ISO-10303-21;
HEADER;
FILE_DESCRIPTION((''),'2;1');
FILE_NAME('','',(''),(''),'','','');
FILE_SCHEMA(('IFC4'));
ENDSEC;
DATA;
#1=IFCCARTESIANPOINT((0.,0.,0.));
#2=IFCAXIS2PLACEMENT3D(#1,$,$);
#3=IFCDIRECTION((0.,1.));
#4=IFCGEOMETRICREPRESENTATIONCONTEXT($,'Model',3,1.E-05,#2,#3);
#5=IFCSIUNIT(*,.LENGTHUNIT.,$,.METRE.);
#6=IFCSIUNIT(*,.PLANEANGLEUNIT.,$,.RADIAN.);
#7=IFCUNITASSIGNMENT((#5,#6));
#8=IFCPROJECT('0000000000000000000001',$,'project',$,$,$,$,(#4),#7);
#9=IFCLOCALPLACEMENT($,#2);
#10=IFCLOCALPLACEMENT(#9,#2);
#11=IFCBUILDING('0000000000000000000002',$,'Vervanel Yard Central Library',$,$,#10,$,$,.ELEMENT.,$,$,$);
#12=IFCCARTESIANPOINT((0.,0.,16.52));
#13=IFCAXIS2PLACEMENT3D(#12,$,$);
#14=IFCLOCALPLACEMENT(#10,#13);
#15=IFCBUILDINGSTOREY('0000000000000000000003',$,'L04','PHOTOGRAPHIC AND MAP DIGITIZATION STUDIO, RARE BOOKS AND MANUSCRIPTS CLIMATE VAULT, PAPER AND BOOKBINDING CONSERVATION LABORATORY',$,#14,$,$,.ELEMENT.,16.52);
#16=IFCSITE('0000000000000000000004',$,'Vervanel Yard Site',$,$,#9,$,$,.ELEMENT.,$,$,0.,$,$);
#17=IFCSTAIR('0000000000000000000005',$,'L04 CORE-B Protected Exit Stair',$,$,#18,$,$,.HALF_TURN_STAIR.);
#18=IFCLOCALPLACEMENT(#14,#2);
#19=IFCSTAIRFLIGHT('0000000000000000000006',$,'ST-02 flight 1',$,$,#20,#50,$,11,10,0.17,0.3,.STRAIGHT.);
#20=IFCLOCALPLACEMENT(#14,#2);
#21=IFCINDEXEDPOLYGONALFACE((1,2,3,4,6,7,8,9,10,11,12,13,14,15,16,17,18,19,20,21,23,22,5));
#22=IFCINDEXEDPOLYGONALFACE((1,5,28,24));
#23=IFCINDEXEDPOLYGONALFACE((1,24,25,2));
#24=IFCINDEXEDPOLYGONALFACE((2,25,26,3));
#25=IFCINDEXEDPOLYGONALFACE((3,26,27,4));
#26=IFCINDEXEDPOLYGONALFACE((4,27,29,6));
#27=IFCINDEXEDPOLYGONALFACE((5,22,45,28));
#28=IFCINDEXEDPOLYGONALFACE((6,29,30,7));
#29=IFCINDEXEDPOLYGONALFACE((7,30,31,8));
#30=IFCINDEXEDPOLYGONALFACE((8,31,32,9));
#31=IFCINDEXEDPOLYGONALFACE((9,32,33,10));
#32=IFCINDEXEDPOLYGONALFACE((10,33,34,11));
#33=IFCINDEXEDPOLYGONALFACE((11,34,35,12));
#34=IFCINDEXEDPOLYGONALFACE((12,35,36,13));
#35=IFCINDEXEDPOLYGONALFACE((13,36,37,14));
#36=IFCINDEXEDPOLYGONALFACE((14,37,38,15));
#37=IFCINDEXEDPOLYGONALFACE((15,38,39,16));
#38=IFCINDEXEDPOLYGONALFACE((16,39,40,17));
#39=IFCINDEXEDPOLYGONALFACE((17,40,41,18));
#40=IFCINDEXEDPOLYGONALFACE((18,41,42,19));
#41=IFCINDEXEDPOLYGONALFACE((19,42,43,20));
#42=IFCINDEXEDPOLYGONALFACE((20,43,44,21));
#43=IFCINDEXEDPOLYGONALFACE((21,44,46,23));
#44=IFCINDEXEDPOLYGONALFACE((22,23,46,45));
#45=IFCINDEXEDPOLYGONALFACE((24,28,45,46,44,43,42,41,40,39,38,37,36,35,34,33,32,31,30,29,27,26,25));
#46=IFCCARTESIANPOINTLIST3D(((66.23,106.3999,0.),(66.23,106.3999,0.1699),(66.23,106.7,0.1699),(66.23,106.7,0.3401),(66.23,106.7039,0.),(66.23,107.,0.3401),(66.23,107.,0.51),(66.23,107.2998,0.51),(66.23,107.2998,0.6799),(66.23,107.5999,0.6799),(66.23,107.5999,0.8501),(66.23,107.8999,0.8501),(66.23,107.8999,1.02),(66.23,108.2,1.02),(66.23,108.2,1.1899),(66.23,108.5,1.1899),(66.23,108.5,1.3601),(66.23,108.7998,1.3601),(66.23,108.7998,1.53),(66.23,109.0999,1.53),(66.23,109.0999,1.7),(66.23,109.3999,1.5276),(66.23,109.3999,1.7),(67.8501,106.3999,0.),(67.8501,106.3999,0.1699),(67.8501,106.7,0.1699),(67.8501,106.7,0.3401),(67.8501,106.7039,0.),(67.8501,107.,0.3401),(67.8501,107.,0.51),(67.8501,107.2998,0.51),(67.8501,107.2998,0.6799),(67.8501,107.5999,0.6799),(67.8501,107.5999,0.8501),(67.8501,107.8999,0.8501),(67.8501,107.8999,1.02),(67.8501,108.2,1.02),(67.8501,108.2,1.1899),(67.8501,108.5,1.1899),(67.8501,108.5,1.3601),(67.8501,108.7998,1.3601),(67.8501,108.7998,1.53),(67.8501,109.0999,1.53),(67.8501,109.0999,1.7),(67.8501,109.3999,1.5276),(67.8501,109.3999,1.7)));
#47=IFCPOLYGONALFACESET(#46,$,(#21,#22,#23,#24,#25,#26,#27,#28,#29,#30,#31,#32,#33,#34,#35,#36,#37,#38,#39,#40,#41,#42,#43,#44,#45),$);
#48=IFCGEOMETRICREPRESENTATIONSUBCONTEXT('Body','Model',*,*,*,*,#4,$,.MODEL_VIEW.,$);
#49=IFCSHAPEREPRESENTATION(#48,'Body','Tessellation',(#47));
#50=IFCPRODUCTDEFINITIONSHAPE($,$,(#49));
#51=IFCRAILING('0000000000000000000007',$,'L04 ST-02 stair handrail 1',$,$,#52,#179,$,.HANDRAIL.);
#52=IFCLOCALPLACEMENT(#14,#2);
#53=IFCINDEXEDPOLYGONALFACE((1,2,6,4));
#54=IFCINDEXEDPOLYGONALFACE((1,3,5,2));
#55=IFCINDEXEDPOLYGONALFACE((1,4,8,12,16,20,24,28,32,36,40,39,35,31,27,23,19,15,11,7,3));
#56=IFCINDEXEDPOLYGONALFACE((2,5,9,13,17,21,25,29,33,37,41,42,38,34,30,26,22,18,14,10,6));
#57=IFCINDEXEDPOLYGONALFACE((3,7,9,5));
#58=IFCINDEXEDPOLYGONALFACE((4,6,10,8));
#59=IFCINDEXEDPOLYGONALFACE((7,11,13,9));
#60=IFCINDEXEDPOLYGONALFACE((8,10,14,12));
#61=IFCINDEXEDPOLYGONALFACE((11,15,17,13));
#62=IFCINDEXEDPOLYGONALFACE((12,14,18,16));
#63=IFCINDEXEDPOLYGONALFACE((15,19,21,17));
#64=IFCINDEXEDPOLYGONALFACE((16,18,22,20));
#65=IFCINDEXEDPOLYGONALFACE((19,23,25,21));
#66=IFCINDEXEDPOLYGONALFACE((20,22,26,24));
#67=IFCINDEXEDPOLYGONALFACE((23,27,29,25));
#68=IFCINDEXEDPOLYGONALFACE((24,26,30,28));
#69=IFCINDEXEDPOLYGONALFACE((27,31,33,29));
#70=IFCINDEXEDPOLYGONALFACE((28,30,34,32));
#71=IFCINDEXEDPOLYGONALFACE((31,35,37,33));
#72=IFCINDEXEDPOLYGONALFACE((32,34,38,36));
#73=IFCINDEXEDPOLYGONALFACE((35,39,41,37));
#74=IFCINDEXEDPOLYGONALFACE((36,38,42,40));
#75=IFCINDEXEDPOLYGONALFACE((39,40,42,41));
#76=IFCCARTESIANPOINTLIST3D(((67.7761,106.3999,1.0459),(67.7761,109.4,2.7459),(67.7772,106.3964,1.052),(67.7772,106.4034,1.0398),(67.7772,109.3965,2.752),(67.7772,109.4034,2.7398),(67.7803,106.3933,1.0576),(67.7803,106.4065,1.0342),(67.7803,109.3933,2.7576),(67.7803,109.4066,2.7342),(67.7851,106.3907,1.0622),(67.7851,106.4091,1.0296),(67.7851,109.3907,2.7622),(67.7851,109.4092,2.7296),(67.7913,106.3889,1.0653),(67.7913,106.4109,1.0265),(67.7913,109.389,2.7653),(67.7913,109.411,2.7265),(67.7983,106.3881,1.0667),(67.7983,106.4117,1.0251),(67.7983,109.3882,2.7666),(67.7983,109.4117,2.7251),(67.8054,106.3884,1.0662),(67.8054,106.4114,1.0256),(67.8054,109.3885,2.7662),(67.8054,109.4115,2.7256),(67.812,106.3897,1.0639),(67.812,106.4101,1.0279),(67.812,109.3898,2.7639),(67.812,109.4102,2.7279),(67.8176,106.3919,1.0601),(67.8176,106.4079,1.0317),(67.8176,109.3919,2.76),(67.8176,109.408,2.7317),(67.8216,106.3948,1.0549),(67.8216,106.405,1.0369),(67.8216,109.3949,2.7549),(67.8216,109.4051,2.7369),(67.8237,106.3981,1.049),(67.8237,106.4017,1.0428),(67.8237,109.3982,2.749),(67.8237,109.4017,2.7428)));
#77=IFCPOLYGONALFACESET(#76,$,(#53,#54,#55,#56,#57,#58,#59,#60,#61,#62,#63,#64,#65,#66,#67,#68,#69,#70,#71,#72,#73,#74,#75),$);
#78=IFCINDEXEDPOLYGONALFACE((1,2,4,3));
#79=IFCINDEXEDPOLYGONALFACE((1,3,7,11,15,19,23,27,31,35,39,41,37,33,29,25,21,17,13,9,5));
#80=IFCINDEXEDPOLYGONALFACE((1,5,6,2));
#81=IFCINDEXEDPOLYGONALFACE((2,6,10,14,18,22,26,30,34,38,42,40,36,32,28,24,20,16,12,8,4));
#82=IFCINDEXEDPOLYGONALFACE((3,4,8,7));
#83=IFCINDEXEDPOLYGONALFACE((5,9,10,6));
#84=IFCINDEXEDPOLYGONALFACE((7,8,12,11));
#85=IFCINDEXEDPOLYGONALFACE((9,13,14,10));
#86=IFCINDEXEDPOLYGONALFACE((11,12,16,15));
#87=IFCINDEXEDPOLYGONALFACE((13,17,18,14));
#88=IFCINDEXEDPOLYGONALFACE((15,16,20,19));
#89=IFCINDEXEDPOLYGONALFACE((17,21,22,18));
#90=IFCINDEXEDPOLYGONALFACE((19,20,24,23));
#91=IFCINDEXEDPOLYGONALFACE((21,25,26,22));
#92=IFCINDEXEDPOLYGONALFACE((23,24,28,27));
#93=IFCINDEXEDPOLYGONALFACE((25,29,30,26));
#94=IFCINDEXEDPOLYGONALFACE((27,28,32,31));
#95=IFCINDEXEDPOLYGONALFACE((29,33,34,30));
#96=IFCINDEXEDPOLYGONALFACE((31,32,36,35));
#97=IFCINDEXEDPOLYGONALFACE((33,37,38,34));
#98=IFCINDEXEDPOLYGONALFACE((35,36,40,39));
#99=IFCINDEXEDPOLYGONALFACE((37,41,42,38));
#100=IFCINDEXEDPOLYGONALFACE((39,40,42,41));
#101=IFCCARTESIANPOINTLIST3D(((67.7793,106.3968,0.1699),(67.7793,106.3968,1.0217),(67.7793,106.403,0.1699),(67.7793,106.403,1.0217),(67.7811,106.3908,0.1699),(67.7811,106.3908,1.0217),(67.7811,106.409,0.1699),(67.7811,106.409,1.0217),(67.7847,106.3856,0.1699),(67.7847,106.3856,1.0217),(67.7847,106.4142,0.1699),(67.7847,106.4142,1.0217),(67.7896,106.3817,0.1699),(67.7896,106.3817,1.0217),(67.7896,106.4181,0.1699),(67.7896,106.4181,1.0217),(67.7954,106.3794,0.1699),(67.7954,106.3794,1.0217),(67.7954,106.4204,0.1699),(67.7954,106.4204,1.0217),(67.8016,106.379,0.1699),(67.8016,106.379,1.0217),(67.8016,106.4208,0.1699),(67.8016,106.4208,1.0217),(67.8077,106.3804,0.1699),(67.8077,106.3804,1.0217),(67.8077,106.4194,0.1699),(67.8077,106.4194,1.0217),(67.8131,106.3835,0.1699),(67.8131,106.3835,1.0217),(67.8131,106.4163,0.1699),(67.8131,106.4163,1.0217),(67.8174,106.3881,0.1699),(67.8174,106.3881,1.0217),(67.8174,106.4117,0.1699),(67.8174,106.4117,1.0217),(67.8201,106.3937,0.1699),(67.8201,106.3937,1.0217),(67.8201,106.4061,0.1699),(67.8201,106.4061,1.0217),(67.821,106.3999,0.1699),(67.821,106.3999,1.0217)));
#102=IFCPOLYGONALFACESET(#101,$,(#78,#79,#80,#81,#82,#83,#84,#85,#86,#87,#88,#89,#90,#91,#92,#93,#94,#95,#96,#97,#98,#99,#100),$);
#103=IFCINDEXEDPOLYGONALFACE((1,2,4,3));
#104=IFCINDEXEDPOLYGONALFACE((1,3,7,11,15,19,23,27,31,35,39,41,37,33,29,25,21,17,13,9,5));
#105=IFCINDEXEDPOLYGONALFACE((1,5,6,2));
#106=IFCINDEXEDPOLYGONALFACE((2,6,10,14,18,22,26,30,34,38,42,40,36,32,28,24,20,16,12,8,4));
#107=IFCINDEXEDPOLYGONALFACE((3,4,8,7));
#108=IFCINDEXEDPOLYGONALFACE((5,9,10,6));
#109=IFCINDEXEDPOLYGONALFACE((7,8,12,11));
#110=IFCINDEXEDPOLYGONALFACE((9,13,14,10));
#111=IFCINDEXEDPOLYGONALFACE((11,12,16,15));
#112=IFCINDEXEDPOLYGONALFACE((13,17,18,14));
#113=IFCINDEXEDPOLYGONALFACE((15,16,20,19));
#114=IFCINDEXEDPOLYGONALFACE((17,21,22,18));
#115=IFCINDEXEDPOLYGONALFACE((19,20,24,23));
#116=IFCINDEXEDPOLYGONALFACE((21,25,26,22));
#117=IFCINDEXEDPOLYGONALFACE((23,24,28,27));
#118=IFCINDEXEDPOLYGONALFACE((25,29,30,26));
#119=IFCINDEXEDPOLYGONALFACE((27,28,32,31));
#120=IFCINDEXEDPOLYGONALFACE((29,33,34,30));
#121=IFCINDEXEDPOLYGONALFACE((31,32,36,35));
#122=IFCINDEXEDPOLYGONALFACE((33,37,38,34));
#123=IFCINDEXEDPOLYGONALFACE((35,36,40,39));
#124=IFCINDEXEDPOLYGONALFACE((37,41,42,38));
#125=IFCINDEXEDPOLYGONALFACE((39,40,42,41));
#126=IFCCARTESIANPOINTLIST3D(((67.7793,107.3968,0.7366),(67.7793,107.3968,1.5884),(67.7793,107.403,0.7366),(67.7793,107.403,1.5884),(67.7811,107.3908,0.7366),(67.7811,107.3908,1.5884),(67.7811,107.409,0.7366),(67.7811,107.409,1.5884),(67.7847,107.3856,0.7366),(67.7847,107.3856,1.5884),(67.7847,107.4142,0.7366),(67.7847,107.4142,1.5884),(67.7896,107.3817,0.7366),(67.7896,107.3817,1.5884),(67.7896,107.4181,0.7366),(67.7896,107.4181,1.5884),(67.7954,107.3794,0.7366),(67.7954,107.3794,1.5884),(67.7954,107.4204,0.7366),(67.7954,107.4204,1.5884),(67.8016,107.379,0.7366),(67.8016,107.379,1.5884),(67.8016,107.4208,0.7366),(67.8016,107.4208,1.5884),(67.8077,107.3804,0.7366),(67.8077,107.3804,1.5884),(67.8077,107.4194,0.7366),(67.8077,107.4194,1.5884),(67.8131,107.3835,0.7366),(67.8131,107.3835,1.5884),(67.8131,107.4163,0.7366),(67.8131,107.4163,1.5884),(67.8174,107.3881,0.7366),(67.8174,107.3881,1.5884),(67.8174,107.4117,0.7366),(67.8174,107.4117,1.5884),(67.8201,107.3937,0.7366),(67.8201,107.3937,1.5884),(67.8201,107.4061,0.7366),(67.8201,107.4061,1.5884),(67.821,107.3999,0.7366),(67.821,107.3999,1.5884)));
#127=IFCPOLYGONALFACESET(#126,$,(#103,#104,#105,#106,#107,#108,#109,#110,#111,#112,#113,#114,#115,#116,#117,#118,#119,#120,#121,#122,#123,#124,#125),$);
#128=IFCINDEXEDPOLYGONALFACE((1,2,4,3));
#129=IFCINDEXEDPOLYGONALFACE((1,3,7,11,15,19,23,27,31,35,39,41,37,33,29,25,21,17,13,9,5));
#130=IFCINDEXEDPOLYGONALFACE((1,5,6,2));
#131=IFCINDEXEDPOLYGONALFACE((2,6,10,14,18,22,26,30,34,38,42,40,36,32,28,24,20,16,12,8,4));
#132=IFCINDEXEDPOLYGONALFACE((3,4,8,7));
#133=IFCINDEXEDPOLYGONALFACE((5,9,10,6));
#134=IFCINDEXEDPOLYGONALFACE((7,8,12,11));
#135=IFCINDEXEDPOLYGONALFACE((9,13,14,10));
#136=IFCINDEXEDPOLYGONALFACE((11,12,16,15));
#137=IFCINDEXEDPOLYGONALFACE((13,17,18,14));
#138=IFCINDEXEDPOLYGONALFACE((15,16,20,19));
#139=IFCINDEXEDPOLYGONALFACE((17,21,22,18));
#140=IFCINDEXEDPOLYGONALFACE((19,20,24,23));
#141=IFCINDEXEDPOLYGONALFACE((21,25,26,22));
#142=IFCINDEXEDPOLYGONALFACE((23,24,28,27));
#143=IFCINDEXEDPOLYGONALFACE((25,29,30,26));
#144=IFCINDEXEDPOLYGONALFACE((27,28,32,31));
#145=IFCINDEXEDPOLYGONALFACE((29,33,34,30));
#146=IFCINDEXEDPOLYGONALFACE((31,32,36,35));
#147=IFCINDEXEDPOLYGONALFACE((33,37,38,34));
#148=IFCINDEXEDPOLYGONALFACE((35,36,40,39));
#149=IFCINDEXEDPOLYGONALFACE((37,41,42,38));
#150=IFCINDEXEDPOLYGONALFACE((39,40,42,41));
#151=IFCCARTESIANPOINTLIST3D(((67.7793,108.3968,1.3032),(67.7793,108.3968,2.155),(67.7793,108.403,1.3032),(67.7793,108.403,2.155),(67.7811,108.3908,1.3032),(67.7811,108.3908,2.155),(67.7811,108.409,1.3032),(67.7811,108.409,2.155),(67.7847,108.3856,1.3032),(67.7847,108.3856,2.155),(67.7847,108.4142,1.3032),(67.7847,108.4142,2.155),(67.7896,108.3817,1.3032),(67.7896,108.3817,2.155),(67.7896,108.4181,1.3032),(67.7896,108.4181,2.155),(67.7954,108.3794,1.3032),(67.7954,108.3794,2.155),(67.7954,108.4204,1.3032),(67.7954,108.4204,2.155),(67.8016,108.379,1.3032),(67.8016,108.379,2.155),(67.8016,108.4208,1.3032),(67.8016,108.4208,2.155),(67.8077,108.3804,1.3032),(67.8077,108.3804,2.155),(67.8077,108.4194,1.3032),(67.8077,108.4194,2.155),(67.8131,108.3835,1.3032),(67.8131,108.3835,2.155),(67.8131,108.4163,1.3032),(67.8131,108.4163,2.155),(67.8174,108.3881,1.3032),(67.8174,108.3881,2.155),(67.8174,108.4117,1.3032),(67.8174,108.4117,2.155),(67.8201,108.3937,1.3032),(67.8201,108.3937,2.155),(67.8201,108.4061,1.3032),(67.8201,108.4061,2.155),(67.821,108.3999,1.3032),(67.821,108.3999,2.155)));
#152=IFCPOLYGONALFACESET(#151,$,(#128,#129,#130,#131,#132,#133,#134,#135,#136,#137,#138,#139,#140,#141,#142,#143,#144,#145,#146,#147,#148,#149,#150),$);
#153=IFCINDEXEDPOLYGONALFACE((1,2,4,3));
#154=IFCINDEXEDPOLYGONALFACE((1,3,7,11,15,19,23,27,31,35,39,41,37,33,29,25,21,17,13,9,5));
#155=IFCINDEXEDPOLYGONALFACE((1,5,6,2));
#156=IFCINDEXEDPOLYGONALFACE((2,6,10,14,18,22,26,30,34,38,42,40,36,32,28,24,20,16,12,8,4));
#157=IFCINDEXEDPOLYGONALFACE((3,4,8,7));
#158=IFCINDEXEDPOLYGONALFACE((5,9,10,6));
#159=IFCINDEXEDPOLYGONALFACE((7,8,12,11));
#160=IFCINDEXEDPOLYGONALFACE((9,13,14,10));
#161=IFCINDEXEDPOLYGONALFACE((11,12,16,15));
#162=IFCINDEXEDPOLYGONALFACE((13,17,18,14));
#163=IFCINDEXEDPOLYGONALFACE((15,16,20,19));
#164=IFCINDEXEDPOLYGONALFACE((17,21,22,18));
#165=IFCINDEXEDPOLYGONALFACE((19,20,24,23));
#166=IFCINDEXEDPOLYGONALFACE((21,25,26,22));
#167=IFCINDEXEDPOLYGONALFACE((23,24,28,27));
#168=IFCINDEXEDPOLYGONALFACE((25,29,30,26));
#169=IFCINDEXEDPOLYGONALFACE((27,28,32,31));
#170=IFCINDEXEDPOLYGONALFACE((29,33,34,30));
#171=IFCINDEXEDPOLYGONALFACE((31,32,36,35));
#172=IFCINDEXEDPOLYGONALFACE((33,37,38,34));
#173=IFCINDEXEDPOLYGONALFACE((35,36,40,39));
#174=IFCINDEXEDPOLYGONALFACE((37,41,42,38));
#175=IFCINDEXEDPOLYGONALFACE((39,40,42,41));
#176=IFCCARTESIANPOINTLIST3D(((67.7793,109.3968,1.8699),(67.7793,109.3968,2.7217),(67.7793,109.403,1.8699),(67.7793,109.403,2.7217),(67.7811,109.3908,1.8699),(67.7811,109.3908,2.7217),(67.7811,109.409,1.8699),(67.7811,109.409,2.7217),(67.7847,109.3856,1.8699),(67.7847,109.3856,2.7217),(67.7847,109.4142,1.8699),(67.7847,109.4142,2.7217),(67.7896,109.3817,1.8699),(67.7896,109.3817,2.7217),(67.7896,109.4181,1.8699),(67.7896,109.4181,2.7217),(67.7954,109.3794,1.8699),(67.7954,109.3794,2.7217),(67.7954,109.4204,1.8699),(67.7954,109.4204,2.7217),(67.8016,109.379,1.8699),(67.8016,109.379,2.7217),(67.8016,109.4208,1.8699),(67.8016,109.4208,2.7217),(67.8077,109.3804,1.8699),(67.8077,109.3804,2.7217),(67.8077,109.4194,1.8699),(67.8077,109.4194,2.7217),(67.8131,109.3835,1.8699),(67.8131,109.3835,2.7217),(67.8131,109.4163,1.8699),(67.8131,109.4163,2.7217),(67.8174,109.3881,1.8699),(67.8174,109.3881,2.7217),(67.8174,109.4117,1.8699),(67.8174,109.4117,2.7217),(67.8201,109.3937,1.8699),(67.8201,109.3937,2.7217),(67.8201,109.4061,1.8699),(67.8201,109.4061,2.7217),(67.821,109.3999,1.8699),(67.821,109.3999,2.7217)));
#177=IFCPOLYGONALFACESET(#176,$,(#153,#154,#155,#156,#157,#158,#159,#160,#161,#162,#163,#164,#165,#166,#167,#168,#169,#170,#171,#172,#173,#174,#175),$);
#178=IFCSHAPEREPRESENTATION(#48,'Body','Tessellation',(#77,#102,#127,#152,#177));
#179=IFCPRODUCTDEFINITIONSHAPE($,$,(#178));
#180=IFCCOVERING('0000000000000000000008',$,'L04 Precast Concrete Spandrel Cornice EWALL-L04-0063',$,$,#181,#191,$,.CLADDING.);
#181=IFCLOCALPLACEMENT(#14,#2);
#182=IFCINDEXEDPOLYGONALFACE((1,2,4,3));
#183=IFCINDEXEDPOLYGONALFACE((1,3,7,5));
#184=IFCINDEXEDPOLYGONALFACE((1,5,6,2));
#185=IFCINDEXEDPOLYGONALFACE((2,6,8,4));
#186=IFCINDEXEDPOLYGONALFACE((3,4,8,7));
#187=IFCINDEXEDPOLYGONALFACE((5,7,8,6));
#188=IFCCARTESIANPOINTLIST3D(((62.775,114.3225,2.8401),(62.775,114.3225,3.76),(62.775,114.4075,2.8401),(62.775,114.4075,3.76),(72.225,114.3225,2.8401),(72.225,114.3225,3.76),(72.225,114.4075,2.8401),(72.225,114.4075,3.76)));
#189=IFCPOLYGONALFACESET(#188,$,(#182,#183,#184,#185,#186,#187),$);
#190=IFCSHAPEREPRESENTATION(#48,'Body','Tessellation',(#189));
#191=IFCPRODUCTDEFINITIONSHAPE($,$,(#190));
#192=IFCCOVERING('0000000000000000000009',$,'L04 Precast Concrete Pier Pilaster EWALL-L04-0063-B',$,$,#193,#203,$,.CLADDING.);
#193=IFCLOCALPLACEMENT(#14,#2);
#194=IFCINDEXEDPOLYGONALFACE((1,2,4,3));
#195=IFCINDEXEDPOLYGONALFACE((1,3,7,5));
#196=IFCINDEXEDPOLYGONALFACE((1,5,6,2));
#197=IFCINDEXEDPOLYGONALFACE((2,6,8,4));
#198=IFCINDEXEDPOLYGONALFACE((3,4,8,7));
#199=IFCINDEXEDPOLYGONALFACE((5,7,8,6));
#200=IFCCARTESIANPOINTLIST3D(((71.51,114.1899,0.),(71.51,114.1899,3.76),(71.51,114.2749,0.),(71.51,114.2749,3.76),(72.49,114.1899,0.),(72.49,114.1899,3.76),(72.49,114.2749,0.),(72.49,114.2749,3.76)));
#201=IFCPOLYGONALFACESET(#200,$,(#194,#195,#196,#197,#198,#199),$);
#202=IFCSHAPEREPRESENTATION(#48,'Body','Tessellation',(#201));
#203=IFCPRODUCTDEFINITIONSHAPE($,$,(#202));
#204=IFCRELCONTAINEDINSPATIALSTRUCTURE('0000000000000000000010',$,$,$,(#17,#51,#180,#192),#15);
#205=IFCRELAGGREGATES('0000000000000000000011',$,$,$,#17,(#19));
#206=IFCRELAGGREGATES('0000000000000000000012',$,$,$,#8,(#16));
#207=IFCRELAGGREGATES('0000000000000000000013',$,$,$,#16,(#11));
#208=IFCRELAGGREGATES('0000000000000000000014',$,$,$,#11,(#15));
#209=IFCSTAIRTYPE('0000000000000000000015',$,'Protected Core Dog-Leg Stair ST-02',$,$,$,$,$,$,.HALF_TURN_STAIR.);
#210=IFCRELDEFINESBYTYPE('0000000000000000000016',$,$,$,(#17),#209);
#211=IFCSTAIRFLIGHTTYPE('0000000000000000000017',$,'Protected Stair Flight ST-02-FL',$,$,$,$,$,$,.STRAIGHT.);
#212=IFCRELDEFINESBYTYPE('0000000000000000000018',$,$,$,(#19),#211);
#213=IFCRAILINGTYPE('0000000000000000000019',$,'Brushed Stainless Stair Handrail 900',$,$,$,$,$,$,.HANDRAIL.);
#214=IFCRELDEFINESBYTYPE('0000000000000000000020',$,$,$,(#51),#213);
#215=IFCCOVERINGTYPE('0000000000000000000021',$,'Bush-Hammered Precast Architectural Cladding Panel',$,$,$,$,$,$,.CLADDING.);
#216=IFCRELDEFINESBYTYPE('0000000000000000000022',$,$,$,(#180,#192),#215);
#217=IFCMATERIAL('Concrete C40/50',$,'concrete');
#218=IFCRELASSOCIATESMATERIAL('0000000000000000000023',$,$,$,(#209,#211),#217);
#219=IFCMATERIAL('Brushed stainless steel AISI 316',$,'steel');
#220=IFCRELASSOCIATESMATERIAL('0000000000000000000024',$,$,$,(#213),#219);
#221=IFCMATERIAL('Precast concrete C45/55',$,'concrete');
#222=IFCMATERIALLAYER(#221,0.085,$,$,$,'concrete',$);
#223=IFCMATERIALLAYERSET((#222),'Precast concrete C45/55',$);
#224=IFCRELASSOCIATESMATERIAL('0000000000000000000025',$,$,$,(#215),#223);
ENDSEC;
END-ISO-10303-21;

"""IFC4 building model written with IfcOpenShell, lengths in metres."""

from ifc_helpers import new_model, si_unit, direction, frame, origin, origin_2d, place, context, subcontext, project, spatial, polyline, rectangle, circle, outline, extrude, material, layer, layer_set, type_object, element, aggregate, save


model = new_model("IFC4")

# Units and contexts
model_context = context("Model", 3, precision=1e-05, world=origin(), true_north=direction((0.0, 1.0)))
body_context = subcontext(model_context, "Body", "Model", "MODEL_VIEW")
ifc_project = project(units=[si_unit("LENGTHUNIT", "METRE"), si_unit("PLANEANGLEUNIT", "RADIAN")], contexts=[model_context])

# Site, building, storey
site_placement = place(None, origin())
site = spatial("IfcSite", under=ifc_project, at=site_placement, Name="Vervanel Yard Site", CompositionType="ELEMENT", RefElevation=0.0)
building_placement = place(site_placement, origin())
building = spatial("IfcBuilding", under=site, at=building_placement, Name="Vervanel Yard Central Library", CompositionType="ELEMENT")
storey_placement = place(building_placement, frame((0.0, 0.0, 16.52)))
storey = spatial("IfcBuildingStorey", under=building, at=storey_placement, Name="L04", Description="PHOTOGRAPHIC AND MAP DIGITIZATION STUDIO, RARE BOOKS AND MANUSCRIPTS CLIMATE VAULT, PAPER AND BOOKBINDING CONSERVATION LABORATORY", CompositionType="ELEMENT", Elevation=16.52)

# Shared definitions
ifc_material_1 = material(Name="Concrete C40/50", Category="concrete")
ifc_material_2 = material(Name="Brushed stainless steel AISI 316", Category="steel")

# Stair, stair flight
stair_type = type_object("IfcStairType", Name="Protected Core Dog-Leg Stair ST-02", PredefinedType="HALF_TURN_STAIR", material=ifc_material_1)
stair_placement = place(storey_placement, origin())
stair = element("IfcStair", 1, at=stair_placement, inside=storey, type_object=stair_type, Name="L04 CORE-B Protected Exit Stair", PredefinedType="HALF_TURN_STAIR")
stair_flight_type = type_object("IfcStairFlightType", Name="Protected Stair Flight ST-02-FL", PredefinedType="STRAIGHT", material=ifc_material_1)
stair_flight_placement = place(storey_placement, frame((67.04, 106.3999, 0.0), z_axis=(0.0, 0.0, 1.0), x_axis=(0.0, 1.0, 0.0)))
stair_flight = element("IfcStairFlight", 2, at=stair_flight_placement, type_object=stair_flight_type, Name="ST-02 flight 1", NumberOfRisers=11, NumberOfTreads=10, PredefinedType="STRAIGHT", RiserHeight=0.17, TreadLength=0.3, context=body_context, shape_type="SweptSolid", body=[
    extrude(outline(polyline([(0.0, 0.0), (0.0, 0.1699), (0.3, 0.1699), (0.3, 0.3401), (0.6001, 0.3401), (0.6001, 0.51), (0.8999, 0.51), (0.8999, 0.6799), (1.2, 0.6799), (1.2, 0.8501), (1.5, 0.8501), (1.5, 1.02), (1.8, 1.02), (1.8, 1.1899), (2.1001, 1.1899), (2.1001, 1.3601), (2.3999, 1.3601), (2.3999, 1.53), (2.7, 1.53), (2.7, 1.7), (3.0, 1.7), (3.0, 1.8701), (3.0, 1.5276), (0.304, 0.0), (0.0, 0.0)])), frame((0.0, 0.8101, 0.0), z_axis=(0.0, -1.0, 0.0), x_axis=(1.0, 0.0, 0.0)), (0.0, 0.0, 1.0), 1.6201),
])
aggregate(stair, [stair_flight])

# Railing
railing_type_1 = type_object("IfcRailingType", Name="Brushed Stainless Stair Handrail 900", PredefinedType="HANDRAIL", material=ifc_material_2)
railing_1_placement = place(storey_placement, frame((67.8, 106.3999, 0.1699)))
element("IfcRailing", 3, at=railing_1_placement, inside=storey, type_object=railing_type_1, Name="L04 ST-02 stair handrail 1", PredefinedType="HANDRAIL", context=body_context, shape_type="SweptSolid", body=[
    extrude(circle(Radius=0.0239, at=origin_2d()), frame((0.0, 0.0, 0.876), z_axis=(0.0, 0.870028, 0.493002), x_axis=(-1.0, 0.0, 0.0)), (0.0, 0.0, 1.0), 3.4482),
    extrude(circle(Radius=0.021, at=origin_2d()), origin(), (0.0, 0.0, 1.0), 0.8518),
    extrude(circle(Radius=0.021, at=origin_2d()), frame((0.0, 1.0, 0.5667)), (0.0, 0.0, 1.0), 0.8518),
    extrude(circle(Radius=0.021, at=origin_2d()), frame((0.0, 2.0, 1.1333)), (0.0, 0.0, 1.0), 0.8518),
    extrude(circle(Radius=0.021, at=origin_2d()), frame((0.0, 3.0, 1.7)), (0.0, 0.0, 1.0), 0.8518),
])

# Coverings
ifc_material_3 = material(Name="Precast concrete C45/55", Category="concrete")
ifc_layer_1 = layer(ifc_material_3, 0.085, Category="concrete")
ifc_layer_set_1 = layer_set([ifc_layer_1], Name="Precast concrete C45/55")
covering_type = type_object("IfcCoveringType", Name="Bush-Hammered Precast Architectural Cladding Panel", PredefinedType="CLADDING", material=ifc_layer_set_1)
covering_1_placement = place(storey_placement, frame((67.5, 114.365, 2.8401), z_axis=(0.0, 0.0, 1.0), x_axis=(1.0, 0.0, 0.0)))
element("IfcCovering", 4, at=covering_1_placement, inside=storey, type_object=covering_type, Name="L04 Precast Concrete Spandrel Cornice EWALL-L04-0063", PredefinedType="CLADDING", context=body_context, shape_type="SweptSolid", body=[
    extrude(rectangle(XDim=9.45, YDim=0.085, at=origin_2d()), origin(), (0.0, 0.0, 1.0), 0.9199),
])
covering_2_placement = place(storey_placement, frame((72.0, 114.2324, 0.0), z_axis=(0.0, 0.0, 1.0), x_axis=(1.0, 0.0, 0.0)))
element("IfcCovering", 5, at=covering_2_placement, inside=storey, type_object=covering_type, Name="L04 Precast Concrete Pier Pilaster EWALL-L04-0063-B", PredefinedType="CLADDING", context=body_context, shape_type="SweptSolid", body=[
    extrude(rectangle(XDim=0.98, YDim=0.085, at=origin_2d()), origin(), (0.0, 0.0, 1.0), 3.76),
])

save(model, "model.ifc")
